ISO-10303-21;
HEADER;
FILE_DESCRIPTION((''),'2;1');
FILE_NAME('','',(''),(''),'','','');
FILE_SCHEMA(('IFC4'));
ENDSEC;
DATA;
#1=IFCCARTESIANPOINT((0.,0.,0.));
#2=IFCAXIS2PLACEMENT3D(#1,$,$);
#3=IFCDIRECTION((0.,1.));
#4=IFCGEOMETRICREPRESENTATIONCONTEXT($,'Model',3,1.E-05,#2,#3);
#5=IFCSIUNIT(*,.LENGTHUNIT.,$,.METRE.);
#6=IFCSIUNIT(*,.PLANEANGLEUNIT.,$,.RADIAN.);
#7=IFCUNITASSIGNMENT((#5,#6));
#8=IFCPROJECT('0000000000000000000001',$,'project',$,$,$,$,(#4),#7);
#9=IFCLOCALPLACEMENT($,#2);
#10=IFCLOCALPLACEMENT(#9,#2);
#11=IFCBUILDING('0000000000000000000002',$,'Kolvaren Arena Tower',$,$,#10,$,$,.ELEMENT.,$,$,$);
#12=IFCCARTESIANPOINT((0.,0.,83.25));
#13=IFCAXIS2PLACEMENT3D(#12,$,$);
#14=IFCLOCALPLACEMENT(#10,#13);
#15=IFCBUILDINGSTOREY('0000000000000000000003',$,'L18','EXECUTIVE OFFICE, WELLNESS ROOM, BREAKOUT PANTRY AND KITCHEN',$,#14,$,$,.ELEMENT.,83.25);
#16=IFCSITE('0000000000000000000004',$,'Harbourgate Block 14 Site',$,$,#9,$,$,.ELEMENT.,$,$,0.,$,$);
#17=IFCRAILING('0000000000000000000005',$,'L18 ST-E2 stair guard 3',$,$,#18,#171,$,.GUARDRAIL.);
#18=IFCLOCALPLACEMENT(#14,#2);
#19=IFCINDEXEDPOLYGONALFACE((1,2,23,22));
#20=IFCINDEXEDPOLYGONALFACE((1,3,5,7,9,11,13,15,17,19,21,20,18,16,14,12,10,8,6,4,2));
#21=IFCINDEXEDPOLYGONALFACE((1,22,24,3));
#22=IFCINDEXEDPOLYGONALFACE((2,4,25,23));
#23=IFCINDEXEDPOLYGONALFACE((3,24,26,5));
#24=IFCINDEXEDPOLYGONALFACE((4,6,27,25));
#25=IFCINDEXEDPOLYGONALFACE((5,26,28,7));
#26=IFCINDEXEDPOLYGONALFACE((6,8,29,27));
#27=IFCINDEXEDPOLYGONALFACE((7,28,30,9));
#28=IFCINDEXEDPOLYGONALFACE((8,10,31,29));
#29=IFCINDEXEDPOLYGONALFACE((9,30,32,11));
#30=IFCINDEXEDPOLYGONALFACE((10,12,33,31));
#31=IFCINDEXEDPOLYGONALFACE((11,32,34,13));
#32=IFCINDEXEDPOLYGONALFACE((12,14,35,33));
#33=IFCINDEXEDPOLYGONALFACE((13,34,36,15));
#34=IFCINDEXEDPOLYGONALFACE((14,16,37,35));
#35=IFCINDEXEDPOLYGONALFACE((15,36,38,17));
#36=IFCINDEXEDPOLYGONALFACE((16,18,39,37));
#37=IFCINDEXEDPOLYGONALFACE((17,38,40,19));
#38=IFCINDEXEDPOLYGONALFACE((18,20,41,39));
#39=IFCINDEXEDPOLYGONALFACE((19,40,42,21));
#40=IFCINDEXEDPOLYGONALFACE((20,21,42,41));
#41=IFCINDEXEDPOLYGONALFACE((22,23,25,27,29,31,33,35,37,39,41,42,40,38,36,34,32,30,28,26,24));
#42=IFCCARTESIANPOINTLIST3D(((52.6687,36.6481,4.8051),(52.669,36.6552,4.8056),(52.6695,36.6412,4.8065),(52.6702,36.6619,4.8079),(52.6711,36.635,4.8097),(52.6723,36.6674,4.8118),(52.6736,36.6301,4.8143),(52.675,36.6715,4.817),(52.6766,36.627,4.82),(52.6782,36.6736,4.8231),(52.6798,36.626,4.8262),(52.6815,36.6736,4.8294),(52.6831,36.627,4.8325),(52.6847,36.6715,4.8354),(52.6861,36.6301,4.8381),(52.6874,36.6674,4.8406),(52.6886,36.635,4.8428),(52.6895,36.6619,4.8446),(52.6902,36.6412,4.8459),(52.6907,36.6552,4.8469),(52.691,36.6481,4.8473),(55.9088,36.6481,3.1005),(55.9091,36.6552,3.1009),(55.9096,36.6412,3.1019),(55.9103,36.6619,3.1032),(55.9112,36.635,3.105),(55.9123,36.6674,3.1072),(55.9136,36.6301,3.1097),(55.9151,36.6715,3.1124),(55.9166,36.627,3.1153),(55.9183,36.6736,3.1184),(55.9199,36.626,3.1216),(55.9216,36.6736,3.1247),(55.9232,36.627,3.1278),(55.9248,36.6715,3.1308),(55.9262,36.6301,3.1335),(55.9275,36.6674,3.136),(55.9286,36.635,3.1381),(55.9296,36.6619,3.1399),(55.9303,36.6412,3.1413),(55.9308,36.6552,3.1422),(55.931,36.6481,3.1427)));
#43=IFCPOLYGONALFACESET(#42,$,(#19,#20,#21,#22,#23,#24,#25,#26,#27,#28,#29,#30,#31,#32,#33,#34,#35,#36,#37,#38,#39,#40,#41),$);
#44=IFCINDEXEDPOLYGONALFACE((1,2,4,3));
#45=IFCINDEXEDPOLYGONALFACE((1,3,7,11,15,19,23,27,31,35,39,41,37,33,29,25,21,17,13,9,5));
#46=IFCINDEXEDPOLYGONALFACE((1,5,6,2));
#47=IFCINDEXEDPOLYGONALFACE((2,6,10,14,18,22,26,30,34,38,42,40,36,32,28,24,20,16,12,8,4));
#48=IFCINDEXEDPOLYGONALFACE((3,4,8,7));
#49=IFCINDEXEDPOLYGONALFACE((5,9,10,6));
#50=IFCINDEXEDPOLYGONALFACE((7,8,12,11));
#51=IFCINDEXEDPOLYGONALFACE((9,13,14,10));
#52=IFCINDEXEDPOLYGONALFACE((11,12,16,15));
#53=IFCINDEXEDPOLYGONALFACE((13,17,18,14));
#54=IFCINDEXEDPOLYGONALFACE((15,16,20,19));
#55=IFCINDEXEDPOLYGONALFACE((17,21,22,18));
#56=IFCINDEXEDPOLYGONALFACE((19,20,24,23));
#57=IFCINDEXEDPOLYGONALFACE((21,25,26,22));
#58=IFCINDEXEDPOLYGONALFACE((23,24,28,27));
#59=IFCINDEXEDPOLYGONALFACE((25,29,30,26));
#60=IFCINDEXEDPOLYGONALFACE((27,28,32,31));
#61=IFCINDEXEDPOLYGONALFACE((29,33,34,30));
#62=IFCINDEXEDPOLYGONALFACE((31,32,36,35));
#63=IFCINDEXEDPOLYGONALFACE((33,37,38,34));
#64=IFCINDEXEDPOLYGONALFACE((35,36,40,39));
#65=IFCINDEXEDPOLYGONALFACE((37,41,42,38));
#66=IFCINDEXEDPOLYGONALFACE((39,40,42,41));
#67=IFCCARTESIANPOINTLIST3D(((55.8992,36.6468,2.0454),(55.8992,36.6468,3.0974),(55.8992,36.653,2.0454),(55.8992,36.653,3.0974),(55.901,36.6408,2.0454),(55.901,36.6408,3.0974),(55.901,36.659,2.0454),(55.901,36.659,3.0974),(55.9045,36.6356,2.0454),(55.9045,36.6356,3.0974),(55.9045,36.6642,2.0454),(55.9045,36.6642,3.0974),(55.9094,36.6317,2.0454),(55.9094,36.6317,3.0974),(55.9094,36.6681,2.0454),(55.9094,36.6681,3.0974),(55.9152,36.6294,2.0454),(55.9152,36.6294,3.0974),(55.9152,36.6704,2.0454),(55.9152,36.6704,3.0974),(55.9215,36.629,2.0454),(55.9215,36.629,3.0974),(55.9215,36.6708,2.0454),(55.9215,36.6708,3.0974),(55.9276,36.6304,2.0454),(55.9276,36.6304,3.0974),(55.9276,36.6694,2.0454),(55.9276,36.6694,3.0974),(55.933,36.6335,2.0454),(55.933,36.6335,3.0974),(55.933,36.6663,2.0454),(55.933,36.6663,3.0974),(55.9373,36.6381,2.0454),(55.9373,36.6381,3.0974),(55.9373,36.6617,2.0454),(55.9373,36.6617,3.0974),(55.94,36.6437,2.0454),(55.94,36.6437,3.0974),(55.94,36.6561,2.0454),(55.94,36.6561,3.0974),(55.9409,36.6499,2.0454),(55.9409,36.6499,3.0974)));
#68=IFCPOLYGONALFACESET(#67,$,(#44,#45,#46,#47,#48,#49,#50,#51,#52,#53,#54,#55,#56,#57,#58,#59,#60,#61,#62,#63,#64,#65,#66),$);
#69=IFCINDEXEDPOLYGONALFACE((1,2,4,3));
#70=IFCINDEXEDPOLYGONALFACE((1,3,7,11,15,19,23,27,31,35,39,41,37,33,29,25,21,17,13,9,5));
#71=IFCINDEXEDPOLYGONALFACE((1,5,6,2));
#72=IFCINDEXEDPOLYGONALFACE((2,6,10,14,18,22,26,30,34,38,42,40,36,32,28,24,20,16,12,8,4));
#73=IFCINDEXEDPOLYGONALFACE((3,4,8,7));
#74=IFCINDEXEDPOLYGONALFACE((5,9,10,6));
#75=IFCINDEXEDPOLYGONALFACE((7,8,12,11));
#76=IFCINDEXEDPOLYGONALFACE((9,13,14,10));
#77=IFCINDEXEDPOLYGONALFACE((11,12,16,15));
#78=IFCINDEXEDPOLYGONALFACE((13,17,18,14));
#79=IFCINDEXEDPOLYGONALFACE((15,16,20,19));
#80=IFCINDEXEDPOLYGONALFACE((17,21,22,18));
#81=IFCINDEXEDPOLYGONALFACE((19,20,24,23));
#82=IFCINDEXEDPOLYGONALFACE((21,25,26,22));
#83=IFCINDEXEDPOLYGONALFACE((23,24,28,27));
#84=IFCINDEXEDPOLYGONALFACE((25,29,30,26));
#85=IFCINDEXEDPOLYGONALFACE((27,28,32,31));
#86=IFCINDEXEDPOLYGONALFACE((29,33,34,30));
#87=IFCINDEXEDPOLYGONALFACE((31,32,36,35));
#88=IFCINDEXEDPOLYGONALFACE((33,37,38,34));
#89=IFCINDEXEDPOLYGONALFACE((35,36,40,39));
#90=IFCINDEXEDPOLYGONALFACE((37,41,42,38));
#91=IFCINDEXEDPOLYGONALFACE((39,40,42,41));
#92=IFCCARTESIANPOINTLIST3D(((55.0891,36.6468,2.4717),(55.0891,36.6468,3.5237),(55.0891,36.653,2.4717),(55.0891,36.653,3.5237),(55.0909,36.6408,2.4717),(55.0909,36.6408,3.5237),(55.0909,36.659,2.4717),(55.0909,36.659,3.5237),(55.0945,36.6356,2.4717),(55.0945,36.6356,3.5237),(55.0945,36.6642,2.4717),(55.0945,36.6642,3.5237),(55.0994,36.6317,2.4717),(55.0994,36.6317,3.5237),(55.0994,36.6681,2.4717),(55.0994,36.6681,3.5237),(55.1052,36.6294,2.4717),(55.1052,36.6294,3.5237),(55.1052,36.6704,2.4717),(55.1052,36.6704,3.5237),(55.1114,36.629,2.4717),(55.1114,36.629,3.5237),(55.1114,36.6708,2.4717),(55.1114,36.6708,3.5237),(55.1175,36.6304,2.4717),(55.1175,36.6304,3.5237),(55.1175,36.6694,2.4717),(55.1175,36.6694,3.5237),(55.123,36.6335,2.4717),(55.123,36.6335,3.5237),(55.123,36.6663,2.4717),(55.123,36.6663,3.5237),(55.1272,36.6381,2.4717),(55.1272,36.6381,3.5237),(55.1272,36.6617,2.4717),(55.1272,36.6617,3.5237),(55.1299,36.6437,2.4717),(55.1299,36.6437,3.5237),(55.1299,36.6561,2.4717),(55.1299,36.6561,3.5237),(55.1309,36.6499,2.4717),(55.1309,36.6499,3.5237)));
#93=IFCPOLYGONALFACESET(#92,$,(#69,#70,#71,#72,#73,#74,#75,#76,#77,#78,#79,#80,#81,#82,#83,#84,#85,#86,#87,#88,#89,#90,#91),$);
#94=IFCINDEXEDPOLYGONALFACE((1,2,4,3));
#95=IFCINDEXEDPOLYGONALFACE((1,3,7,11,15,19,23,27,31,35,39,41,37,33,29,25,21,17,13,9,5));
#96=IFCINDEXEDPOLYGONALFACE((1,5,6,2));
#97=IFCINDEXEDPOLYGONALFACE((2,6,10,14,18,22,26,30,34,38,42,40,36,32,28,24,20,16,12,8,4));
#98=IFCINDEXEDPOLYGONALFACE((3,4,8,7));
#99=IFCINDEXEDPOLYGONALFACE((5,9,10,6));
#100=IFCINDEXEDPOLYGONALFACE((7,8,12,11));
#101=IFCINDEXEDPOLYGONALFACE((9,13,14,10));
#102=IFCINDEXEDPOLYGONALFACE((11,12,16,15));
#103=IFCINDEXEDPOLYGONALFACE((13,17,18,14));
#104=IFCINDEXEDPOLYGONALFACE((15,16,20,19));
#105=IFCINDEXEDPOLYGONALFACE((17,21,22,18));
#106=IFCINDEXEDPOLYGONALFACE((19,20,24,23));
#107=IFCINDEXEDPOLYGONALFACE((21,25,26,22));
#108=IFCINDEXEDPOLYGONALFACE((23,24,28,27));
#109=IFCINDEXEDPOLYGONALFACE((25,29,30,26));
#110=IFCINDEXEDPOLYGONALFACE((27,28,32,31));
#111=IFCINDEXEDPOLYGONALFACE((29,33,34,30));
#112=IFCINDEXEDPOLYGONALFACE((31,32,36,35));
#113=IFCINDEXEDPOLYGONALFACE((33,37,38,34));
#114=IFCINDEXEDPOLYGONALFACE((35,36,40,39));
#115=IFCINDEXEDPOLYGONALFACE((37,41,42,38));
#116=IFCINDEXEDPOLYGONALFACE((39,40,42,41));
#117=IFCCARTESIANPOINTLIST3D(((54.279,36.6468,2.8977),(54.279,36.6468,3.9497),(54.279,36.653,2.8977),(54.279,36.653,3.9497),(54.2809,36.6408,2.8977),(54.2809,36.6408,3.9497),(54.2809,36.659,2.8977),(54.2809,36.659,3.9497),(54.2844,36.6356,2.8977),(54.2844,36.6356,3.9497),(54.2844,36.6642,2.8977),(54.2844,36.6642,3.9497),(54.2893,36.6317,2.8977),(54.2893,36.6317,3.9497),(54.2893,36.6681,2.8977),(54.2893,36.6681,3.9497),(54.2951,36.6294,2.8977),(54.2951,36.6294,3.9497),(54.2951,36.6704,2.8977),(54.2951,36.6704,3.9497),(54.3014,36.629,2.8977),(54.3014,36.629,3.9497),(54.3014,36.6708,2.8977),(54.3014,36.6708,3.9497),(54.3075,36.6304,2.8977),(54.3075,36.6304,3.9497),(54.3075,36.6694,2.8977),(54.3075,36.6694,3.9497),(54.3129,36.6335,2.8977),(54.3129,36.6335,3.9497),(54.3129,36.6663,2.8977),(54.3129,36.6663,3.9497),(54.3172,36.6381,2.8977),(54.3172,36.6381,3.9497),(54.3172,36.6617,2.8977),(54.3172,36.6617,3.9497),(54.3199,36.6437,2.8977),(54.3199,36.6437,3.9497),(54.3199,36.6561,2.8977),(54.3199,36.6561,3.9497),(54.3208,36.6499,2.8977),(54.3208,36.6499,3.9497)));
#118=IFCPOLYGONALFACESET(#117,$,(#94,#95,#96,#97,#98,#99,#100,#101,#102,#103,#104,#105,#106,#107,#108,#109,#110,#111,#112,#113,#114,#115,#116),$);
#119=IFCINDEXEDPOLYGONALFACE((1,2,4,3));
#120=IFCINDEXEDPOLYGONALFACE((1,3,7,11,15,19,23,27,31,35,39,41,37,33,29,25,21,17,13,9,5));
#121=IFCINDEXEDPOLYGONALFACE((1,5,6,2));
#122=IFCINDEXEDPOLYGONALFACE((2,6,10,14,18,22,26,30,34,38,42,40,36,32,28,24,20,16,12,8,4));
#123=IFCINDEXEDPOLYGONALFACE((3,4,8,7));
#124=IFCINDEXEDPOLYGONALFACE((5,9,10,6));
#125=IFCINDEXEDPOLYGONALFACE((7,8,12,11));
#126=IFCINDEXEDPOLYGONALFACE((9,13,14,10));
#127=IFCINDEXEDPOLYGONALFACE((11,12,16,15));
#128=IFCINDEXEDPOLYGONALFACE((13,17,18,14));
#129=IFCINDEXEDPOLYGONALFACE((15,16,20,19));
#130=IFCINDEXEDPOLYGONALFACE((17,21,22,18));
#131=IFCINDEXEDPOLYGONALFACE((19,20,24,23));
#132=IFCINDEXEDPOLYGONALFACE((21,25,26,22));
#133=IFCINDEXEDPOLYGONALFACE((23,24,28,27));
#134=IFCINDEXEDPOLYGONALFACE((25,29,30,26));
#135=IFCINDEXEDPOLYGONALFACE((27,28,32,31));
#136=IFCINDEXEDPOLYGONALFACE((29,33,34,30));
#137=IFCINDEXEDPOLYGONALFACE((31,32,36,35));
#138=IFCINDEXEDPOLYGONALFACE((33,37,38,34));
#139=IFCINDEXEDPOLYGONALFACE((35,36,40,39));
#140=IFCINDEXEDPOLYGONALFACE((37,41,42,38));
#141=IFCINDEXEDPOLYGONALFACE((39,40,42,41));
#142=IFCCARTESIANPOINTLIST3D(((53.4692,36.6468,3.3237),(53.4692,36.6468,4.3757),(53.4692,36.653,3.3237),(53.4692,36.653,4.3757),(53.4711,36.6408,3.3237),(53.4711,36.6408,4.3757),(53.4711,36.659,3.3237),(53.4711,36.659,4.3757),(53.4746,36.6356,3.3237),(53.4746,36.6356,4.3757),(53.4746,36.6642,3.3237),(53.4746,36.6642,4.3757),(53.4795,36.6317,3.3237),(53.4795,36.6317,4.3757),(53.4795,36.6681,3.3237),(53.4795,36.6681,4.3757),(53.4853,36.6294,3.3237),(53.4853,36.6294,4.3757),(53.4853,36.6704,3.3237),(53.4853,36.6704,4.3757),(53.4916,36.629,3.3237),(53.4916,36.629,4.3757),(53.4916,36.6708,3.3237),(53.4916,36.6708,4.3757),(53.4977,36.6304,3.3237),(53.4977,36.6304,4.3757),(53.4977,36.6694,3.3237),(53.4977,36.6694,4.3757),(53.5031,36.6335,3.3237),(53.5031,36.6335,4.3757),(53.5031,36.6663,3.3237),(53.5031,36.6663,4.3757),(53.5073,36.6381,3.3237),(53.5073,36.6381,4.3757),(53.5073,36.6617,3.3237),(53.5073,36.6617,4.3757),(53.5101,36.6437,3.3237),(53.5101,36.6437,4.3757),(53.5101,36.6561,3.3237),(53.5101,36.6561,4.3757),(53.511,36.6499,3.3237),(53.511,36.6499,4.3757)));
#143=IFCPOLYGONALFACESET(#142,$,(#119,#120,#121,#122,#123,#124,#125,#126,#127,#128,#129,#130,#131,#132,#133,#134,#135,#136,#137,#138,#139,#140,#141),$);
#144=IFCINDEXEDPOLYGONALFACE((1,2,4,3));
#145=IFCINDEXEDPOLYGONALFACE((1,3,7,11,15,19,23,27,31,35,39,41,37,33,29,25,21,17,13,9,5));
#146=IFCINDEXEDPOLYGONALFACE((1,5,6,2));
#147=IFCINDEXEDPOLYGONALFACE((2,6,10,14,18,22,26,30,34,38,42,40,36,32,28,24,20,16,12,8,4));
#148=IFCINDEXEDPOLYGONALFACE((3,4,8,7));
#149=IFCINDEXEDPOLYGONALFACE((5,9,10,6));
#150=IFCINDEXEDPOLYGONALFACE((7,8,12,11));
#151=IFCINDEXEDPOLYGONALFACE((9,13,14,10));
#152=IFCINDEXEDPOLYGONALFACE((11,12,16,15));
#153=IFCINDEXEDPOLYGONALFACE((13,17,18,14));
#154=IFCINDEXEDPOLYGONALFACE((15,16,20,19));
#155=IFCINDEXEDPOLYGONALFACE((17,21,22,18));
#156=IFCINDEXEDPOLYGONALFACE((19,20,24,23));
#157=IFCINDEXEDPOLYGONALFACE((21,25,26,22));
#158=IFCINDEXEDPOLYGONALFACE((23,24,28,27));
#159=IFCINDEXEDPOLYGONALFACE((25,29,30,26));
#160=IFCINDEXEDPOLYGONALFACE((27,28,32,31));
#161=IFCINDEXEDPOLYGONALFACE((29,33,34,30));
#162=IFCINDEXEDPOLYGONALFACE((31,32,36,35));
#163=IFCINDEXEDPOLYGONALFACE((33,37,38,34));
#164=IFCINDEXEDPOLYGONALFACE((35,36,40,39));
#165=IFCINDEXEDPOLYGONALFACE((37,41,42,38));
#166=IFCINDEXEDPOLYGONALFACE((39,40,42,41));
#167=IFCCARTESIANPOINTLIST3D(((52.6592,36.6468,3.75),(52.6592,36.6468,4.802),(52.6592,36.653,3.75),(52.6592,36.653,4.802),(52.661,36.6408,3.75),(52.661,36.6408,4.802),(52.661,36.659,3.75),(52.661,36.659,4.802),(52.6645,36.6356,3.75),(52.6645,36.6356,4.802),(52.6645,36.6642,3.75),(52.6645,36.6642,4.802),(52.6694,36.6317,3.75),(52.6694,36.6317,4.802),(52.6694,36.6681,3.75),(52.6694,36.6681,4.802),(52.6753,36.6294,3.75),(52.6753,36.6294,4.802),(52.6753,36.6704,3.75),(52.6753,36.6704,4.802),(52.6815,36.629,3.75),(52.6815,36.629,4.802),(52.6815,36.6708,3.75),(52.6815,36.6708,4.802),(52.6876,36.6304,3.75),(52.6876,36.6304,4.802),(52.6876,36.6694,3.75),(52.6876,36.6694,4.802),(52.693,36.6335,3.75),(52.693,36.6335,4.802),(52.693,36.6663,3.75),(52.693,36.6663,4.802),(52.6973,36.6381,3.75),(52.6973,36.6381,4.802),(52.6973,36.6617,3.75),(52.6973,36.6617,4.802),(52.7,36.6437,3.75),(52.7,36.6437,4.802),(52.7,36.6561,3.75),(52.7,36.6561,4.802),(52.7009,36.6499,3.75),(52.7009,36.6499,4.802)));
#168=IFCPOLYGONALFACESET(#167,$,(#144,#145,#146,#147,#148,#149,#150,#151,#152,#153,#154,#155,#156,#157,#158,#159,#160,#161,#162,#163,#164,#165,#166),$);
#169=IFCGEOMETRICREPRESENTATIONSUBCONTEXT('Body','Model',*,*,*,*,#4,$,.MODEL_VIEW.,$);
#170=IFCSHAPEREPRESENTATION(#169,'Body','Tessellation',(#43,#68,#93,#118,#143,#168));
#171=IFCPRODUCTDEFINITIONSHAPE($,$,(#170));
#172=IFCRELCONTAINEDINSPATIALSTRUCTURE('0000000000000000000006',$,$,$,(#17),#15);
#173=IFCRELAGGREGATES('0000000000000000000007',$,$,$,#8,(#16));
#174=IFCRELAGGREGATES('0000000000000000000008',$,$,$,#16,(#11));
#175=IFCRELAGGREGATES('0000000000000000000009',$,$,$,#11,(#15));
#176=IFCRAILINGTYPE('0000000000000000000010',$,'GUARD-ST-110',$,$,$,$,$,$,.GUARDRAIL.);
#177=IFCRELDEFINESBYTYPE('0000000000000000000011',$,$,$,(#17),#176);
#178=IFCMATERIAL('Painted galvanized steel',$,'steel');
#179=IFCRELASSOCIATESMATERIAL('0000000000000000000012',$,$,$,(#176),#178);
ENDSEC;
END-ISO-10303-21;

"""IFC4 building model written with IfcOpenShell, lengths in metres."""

from ifc_helpers import new_model, si_unit, direction, frame, origin, origin_2d, place, context, subcontext, project, spatial, circle, extrude, material, type_object, element, save


model = new_model("IFC4")

# Units and contexts
model_context = context("Model", 3, precision=1e-05, world=origin(), true_north=direction((0.0, 1.0)))
body_context = subcontext(model_context, "Body", "Model", "MODEL_VIEW")
ifc_project = project(units=[si_unit("LENGTHUNIT", "METRE"), si_unit("PLANEANGLEUNIT", "RADIAN")], contexts=[model_context])

# Site, building, storey
site_placement = place(None, origin())
site = spatial("IfcSite", under=ifc_project, at=site_placement, Name="Harbourgate Block 14 Site", CompositionType="ELEMENT", RefElevation=0.0)
building_placement = place(site_placement, origin())
building = spatial("IfcBuilding", under=site, at=building_placement, Name="Kolvaren Arena Tower", CompositionType="ELEMENT")
storey_placement = place(building_placement, frame((0.0, 0.0, 83.25)))
storey = spatial("IfcBuildingStorey", under=building, at=storey_placement, Name="L18", Description="EXECUTIVE OFFICE, WELLNESS ROOM, BREAKOUT PANTRY AND KITCHEN", CompositionType="ELEMENT", Elevation=83.25)

# Railing
ifc_material_1 = material(Name="Painted galvanized steel", Category="steel")
railing_type_1 = type_object("IfcRailingType", Name="GUARD-ST-110", PredefinedType="GUARDRAIL", material=ifc_material_1)
railing_1_placement = place(storey_placement, frame((55.9199, 36.6499, 2.0454)))
element("IfcRailing", 1, at=railing_1_placement, inside=storey, type_object=railing_type_1, Name="L18 ST-E2 stair guard 3", PredefinedType="GUARDRAIL", context=body_context, shape_type="SweptSolid", body=[
    extrude(circle(Radius=0.0239, at=origin_2d()), frame((0.0, 0.0, 1.0762), z_axis=(-0.884993, 0.0, 0.465604), x_axis=(0.0, -1.0, 0.0)), (0.0, 0.0, 1.0), 3.6611),
    extrude(circle(Radius=0.021, at=origin_2d()), origin(), (0.0, 0.0, 1.0), 1.052),
    extrude(circle(Radius=0.021, at=origin_2d()), frame((-0.8101, 0.0, 0.4263)), (0.0, 0.0, 1.0), 1.052),
    extrude(circle(Radius=0.021, at=origin_2d()), frame((-1.6201, 0.0, 0.8523)), (0.0, 0.0, 1.0), 1.052),
    extrude(circle(Radius=0.021, at=origin_2d()), frame((-2.4299, 0.0, 1.2783)), (0.0, 0.0, 1.0), 1.052),
    extrude(circle(Radius=0.021, at=origin_2d()), frame((-3.24, 0.0, 1.7046)), (0.0, 0.0, 1.0), 1.052),
])

save(model, "model.ifc")
